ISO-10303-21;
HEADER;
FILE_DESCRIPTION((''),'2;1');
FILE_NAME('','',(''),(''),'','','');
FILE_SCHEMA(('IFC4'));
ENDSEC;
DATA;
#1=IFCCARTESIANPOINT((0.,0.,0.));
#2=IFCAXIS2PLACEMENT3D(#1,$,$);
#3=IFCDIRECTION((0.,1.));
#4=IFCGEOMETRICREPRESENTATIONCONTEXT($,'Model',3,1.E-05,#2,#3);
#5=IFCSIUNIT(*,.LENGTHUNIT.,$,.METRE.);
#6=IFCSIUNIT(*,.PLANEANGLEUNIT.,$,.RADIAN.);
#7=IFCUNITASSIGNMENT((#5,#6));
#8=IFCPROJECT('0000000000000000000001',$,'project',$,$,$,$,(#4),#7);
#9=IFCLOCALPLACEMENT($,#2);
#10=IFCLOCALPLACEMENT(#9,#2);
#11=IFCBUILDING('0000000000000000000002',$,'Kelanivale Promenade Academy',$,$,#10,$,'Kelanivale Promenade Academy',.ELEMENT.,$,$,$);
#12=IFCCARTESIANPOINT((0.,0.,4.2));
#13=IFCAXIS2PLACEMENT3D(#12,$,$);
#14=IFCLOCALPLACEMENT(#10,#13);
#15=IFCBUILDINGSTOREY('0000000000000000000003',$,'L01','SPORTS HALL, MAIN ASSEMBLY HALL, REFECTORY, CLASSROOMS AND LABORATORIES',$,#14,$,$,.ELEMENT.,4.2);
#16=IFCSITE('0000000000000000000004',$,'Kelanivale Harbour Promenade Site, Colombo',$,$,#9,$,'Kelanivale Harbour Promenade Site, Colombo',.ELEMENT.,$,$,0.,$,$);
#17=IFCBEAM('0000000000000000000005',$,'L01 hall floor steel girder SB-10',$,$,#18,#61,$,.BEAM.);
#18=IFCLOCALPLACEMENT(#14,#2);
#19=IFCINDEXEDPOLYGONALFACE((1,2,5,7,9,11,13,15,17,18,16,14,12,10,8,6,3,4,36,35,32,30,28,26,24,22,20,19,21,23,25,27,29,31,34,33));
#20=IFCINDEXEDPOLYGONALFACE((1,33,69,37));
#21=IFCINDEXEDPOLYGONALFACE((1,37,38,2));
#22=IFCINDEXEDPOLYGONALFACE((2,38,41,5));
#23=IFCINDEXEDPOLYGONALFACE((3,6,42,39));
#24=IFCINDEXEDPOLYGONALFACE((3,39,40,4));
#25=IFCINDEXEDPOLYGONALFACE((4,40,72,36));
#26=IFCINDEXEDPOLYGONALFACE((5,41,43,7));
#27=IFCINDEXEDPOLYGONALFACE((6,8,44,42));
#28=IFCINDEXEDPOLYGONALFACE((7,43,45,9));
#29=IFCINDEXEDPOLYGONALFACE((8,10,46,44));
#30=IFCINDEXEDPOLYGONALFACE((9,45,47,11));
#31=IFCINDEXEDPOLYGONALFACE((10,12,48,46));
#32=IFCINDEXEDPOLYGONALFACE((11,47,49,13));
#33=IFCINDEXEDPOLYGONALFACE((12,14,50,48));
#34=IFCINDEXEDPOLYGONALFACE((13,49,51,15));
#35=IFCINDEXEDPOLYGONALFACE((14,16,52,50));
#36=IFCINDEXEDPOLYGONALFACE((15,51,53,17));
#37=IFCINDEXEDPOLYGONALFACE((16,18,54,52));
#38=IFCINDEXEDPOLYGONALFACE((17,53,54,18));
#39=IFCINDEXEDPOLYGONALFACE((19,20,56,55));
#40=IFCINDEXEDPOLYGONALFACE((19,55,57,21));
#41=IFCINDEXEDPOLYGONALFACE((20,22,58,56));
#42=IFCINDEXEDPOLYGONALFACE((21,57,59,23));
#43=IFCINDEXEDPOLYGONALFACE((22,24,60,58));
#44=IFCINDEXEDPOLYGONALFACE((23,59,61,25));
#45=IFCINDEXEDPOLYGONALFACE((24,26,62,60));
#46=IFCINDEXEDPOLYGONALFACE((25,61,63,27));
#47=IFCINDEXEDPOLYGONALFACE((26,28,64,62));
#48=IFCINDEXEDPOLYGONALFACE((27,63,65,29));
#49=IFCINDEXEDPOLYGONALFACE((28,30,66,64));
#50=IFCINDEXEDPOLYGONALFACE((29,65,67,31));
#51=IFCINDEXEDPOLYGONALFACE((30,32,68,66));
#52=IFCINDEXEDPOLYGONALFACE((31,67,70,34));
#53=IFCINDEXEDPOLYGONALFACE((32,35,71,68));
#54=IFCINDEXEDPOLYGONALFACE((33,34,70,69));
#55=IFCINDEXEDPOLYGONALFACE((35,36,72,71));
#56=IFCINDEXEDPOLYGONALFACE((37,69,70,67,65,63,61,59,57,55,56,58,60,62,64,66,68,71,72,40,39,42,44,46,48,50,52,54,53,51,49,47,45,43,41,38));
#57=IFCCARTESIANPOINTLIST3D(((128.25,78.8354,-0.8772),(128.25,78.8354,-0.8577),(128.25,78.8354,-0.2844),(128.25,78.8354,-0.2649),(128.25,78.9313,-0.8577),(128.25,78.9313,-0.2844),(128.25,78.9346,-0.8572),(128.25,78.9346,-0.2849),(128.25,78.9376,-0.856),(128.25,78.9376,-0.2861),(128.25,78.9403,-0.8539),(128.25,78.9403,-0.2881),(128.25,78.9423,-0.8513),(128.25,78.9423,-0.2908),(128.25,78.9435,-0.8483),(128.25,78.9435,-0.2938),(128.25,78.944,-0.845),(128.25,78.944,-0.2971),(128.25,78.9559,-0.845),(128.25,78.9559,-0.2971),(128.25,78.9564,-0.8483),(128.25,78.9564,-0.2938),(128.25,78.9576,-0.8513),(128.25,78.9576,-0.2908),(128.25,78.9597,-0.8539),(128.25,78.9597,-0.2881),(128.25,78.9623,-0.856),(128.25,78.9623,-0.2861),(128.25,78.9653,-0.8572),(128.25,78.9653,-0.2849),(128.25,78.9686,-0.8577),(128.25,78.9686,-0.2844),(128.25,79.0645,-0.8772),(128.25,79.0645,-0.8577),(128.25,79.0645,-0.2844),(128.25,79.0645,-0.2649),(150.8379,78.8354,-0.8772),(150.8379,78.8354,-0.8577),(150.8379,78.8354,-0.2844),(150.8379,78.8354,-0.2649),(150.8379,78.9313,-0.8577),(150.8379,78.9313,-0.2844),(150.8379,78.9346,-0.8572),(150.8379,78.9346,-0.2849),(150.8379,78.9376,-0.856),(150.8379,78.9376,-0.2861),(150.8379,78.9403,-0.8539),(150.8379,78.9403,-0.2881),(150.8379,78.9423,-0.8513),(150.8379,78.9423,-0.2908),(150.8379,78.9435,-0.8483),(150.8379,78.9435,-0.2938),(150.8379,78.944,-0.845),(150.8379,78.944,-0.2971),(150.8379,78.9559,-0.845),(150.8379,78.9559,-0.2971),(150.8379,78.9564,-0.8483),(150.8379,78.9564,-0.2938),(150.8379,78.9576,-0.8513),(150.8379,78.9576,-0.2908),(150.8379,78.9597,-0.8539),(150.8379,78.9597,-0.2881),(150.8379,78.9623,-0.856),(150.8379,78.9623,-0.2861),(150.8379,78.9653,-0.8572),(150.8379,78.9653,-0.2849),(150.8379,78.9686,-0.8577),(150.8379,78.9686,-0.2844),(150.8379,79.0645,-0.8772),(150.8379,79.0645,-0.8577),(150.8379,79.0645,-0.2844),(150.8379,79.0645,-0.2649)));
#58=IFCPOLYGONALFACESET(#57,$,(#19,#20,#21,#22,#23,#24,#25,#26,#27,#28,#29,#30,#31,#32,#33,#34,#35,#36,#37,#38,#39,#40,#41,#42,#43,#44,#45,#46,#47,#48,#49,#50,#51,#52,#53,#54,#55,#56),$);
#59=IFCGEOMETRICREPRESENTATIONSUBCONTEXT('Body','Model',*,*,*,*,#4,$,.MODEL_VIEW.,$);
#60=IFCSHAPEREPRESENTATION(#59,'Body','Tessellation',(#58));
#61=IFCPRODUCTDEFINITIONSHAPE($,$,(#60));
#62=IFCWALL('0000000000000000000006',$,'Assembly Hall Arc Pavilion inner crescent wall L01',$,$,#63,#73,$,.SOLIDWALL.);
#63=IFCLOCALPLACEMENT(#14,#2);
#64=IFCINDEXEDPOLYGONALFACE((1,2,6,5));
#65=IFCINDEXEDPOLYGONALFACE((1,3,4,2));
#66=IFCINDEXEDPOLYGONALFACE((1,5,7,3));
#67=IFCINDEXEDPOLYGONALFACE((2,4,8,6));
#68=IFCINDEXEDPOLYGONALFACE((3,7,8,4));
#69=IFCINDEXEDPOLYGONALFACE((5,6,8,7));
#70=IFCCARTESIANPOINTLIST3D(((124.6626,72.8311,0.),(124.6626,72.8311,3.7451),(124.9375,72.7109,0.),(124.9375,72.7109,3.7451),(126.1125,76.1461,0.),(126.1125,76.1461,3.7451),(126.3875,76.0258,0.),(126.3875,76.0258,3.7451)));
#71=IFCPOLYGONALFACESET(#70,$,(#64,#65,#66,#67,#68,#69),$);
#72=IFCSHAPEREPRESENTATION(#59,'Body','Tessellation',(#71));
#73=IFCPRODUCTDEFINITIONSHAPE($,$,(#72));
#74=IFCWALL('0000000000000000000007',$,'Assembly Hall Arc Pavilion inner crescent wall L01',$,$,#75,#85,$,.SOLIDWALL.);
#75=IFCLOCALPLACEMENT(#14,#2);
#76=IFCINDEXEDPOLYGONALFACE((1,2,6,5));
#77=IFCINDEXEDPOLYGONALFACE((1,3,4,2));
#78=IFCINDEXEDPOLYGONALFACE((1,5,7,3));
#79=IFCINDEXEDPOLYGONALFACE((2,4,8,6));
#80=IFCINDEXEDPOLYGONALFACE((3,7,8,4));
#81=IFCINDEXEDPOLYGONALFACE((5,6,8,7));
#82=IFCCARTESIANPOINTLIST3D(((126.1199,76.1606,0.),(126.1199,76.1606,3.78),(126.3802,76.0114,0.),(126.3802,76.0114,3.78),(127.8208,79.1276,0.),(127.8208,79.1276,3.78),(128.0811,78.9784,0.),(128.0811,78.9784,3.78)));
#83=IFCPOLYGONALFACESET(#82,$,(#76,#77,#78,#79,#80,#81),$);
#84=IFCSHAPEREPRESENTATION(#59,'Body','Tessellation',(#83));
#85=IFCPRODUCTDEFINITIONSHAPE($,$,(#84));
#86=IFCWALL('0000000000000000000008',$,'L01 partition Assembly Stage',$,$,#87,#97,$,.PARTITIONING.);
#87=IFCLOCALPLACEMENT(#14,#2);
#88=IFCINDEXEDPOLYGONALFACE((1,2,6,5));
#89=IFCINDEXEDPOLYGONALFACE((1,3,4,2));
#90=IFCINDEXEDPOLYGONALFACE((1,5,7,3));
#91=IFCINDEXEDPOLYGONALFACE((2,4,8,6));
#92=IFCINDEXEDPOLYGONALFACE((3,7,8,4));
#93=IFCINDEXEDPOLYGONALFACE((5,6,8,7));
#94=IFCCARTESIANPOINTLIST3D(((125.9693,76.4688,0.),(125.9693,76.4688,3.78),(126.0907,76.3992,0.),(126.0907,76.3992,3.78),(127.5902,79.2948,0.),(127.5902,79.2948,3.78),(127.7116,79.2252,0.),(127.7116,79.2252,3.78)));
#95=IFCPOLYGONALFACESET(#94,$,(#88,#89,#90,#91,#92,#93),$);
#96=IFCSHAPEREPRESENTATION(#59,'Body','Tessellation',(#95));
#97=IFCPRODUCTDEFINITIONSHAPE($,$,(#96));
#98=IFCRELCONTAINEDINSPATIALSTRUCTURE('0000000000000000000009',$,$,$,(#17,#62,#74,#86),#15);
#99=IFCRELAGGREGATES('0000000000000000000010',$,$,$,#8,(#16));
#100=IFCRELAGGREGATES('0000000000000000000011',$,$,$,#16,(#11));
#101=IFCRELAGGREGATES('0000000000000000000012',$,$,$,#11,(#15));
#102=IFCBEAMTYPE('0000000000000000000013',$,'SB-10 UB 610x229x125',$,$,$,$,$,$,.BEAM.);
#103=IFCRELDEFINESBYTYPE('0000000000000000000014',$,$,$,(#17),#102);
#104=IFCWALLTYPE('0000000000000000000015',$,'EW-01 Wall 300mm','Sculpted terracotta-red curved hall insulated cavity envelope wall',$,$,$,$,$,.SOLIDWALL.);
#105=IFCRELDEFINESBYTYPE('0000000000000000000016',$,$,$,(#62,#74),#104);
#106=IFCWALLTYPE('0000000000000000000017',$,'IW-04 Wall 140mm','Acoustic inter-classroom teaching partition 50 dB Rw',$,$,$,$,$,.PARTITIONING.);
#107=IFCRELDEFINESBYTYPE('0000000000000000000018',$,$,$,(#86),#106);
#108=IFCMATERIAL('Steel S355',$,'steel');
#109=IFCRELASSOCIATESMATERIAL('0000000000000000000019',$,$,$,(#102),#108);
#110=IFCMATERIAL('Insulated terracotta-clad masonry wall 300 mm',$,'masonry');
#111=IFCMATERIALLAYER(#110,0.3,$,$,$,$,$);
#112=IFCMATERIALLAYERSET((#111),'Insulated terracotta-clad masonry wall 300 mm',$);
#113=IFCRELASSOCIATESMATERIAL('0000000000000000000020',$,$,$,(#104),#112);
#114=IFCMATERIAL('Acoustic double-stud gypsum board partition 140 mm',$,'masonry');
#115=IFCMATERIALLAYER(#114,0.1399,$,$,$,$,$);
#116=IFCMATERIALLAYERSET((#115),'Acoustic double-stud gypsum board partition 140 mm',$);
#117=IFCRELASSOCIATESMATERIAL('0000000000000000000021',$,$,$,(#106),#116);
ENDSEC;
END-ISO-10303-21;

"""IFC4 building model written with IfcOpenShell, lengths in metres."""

from ifc_helpers import new_model, si_unit, direction, frame, frame_2d, origin, origin_2d, place, context, subcontext, project, spatial, rectangle, i_section, extrude, material, layer, layer_set, material_profile, profile_set, type_object, element, save


model = new_model("IFC4")

# Units and contexts
model_context = context("Model", 3, precision=1e-05, world=origin(), true_north=direction((0.0, 1.0)))
body_context = subcontext(model_context, "Body", "Model", "MODEL_VIEW")
ifc_project = project(units=[si_unit("LENGTHUNIT", "METRE"), si_unit("PLANEANGLEUNIT", "RADIAN")], contexts=[model_context])

# Site, building, storey
site_placement = place(None, origin())
site = spatial("IfcSite", under=ifc_project, at=site_placement, Name="Kelanivale Harbour Promenade Site, Colombo", LongName="Kelanivale Harbour Promenade Site, Colombo", CompositionType="ELEMENT", RefElevation=0.0)
building_placement = place(site_placement, origin())
building = spatial("IfcBuilding", under=site, at=building_placement, Name="Kelanivale Promenade Academy", LongName="Kelanivale Promenade Academy", CompositionType="ELEMENT")
storey_placement = place(building_placement, frame((0.0, 0.0, 4.2)))
storey = spatial("IfcBuildingStorey", under=building, at=storey_placement, Name="L01", Description="SPORTS HALL, MAIN ASSEMBLY HALL, REFECTORY, CLASSROOMS AND LABORATORIES", CompositionType="ELEMENT", Elevation=4.2)

# Beam
ifc_material_1 = material(Name="Steel S355", Category="steel")
ifc_material_profile_1 = material_profile(ifc_material_1, i_section(OverallWidth=0.229, OverallDepth=0.6123, WebThickness=0.012, FlangeThickness=0.0195, FilletRadius=0.0127, at=origin_2d()), Name="UB 610x229x125")
ifc_profile_set_1 = profile_set([ifc_material_profile_1], Name="Steel S355")
beam_type_1 = type_object("IfcBeamType", Name="SB-10 UB 610x229x125", PredefinedType="BEAM", material=ifc_profile_set_1)
beam_1_placement = place(storey_placement, frame((128.25, 78.95, -0.571), z_axis=(1.0, 0.0, 0.0), x_axis=(0.0, 1.0, 0.0)))
element("IfcBeam", 1, at=beam_1_placement, inside=storey, type_object=beam_type_1, Name="L01 hall floor steel girder SB-10", PredefinedType="BEAM", context=body_context, shape_type="SweptSolid", body=[
    extrude(i_section(OverallWidth=0.229, OverallDepth=0.6123, WebThickness=0.012, FlangeThickness=0.0195, FilletRadius=0.0127, at=origin_2d()), origin(), (0.0, 0.0, 1.0), 22.5879),
])

# Walls
ifc_material_2 = material(Name="Insulated terracotta-clad masonry wall 300 mm", Category="masonry")
ifc_layer_1 = layer(ifc_material_2, 0.3)
ifc_layer_set_1 = layer_set([ifc_layer_1], Name="Insulated terracotta-clad masonry wall 300 mm")
wall_type_1 = type_object("IfcWallType", Name="EW-01 Wall 300mm", Description="Sculpted terracotta-red curved hall insulated cavity envelope wall", PredefinedType="SOLIDWALL", material=ifc_layer_set_1)
wall_1_placement = place(storey_placement, frame((126.25, 76.0859, 0.0), z_axis=(0.0, 0.0, 1.0), x_axis=(-0.400741, -0.916191, 0.0)))
element("IfcWall", 2, at=wall_1_placement, inside=storey, type_object=wall_type_1, Name="Assembly Hall Arc Pavilion inner crescent wall L01", PredefinedType="SOLIDWALL", context=body_context, shape_type="SweptSolid", body=[
    extrude(rectangle(XDim=3.6182, YDim=0.3, at=frame_2d((1.8091, 0.0))), origin(), (0.0, 0.0, 1.0), 3.7451),
])
wall_2_placement = place(storey_placement, frame((127.9509, 79.053, 0.0), z_axis=(0.0, 0.0, 1.0), x_axis=(-0.497345, -0.867553, 0.0)))
element("IfcWall", 3, at=wall_2_placement, inside=storey, type_object=wall_type_1, Name="Assembly Hall Arc Pavilion inner crescent wall L01", PredefinedType="SOLIDWALL", context=body_context, shape_type="SweptSolid", body=[
    extrude(rectangle(XDim=3.4199, YDim=0.3, at=frame_2d((1.71, 0.0))), origin(), (0.0, 0.0, 1.0), 3.78),
])
ifc_material_3 = material(Name="Acoustic double-stud gypsum board partition 140 mm", Category="masonry")
ifc_layer_2 = layer(ifc_material_3, 0.1399)
ifc_layer_set_2 = layer_set([ifc_layer_2], Name="Acoustic double-stud gypsum board partition 140 mm")
wall_type_2 = type_object("IfcWallType", Name="IW-04 Wall 140mm", Description="Acoustic inter-classroom teaching partition 50 dB Rw", PredefinedType="PARTITIONING", material=ifc_layer_set_2)
wall_3_placement = place(storey_placement, frame((127.6509, 79.26, 0.0), z_axis=(0.0, 0.0, 1.0), x_axis=(-0.497535, -0.867444, 0.0)))
element("IfcWall", 4, at=wall_3_placement, inside=storey, type_object=wall_type_2, Name="L01 partition Assembly Stage", PredefinedType="PARTITIONING", context=body_context, shape_type="SweptSolid", body=[
    extrude(rectangle(XDim=3.2578, YDim=0.1399, at=frame_2d((1.6289, 0.0))), origin(), (0.0, 0.0, 1.0), 3.78),
])

save(model, "model.ifc")
